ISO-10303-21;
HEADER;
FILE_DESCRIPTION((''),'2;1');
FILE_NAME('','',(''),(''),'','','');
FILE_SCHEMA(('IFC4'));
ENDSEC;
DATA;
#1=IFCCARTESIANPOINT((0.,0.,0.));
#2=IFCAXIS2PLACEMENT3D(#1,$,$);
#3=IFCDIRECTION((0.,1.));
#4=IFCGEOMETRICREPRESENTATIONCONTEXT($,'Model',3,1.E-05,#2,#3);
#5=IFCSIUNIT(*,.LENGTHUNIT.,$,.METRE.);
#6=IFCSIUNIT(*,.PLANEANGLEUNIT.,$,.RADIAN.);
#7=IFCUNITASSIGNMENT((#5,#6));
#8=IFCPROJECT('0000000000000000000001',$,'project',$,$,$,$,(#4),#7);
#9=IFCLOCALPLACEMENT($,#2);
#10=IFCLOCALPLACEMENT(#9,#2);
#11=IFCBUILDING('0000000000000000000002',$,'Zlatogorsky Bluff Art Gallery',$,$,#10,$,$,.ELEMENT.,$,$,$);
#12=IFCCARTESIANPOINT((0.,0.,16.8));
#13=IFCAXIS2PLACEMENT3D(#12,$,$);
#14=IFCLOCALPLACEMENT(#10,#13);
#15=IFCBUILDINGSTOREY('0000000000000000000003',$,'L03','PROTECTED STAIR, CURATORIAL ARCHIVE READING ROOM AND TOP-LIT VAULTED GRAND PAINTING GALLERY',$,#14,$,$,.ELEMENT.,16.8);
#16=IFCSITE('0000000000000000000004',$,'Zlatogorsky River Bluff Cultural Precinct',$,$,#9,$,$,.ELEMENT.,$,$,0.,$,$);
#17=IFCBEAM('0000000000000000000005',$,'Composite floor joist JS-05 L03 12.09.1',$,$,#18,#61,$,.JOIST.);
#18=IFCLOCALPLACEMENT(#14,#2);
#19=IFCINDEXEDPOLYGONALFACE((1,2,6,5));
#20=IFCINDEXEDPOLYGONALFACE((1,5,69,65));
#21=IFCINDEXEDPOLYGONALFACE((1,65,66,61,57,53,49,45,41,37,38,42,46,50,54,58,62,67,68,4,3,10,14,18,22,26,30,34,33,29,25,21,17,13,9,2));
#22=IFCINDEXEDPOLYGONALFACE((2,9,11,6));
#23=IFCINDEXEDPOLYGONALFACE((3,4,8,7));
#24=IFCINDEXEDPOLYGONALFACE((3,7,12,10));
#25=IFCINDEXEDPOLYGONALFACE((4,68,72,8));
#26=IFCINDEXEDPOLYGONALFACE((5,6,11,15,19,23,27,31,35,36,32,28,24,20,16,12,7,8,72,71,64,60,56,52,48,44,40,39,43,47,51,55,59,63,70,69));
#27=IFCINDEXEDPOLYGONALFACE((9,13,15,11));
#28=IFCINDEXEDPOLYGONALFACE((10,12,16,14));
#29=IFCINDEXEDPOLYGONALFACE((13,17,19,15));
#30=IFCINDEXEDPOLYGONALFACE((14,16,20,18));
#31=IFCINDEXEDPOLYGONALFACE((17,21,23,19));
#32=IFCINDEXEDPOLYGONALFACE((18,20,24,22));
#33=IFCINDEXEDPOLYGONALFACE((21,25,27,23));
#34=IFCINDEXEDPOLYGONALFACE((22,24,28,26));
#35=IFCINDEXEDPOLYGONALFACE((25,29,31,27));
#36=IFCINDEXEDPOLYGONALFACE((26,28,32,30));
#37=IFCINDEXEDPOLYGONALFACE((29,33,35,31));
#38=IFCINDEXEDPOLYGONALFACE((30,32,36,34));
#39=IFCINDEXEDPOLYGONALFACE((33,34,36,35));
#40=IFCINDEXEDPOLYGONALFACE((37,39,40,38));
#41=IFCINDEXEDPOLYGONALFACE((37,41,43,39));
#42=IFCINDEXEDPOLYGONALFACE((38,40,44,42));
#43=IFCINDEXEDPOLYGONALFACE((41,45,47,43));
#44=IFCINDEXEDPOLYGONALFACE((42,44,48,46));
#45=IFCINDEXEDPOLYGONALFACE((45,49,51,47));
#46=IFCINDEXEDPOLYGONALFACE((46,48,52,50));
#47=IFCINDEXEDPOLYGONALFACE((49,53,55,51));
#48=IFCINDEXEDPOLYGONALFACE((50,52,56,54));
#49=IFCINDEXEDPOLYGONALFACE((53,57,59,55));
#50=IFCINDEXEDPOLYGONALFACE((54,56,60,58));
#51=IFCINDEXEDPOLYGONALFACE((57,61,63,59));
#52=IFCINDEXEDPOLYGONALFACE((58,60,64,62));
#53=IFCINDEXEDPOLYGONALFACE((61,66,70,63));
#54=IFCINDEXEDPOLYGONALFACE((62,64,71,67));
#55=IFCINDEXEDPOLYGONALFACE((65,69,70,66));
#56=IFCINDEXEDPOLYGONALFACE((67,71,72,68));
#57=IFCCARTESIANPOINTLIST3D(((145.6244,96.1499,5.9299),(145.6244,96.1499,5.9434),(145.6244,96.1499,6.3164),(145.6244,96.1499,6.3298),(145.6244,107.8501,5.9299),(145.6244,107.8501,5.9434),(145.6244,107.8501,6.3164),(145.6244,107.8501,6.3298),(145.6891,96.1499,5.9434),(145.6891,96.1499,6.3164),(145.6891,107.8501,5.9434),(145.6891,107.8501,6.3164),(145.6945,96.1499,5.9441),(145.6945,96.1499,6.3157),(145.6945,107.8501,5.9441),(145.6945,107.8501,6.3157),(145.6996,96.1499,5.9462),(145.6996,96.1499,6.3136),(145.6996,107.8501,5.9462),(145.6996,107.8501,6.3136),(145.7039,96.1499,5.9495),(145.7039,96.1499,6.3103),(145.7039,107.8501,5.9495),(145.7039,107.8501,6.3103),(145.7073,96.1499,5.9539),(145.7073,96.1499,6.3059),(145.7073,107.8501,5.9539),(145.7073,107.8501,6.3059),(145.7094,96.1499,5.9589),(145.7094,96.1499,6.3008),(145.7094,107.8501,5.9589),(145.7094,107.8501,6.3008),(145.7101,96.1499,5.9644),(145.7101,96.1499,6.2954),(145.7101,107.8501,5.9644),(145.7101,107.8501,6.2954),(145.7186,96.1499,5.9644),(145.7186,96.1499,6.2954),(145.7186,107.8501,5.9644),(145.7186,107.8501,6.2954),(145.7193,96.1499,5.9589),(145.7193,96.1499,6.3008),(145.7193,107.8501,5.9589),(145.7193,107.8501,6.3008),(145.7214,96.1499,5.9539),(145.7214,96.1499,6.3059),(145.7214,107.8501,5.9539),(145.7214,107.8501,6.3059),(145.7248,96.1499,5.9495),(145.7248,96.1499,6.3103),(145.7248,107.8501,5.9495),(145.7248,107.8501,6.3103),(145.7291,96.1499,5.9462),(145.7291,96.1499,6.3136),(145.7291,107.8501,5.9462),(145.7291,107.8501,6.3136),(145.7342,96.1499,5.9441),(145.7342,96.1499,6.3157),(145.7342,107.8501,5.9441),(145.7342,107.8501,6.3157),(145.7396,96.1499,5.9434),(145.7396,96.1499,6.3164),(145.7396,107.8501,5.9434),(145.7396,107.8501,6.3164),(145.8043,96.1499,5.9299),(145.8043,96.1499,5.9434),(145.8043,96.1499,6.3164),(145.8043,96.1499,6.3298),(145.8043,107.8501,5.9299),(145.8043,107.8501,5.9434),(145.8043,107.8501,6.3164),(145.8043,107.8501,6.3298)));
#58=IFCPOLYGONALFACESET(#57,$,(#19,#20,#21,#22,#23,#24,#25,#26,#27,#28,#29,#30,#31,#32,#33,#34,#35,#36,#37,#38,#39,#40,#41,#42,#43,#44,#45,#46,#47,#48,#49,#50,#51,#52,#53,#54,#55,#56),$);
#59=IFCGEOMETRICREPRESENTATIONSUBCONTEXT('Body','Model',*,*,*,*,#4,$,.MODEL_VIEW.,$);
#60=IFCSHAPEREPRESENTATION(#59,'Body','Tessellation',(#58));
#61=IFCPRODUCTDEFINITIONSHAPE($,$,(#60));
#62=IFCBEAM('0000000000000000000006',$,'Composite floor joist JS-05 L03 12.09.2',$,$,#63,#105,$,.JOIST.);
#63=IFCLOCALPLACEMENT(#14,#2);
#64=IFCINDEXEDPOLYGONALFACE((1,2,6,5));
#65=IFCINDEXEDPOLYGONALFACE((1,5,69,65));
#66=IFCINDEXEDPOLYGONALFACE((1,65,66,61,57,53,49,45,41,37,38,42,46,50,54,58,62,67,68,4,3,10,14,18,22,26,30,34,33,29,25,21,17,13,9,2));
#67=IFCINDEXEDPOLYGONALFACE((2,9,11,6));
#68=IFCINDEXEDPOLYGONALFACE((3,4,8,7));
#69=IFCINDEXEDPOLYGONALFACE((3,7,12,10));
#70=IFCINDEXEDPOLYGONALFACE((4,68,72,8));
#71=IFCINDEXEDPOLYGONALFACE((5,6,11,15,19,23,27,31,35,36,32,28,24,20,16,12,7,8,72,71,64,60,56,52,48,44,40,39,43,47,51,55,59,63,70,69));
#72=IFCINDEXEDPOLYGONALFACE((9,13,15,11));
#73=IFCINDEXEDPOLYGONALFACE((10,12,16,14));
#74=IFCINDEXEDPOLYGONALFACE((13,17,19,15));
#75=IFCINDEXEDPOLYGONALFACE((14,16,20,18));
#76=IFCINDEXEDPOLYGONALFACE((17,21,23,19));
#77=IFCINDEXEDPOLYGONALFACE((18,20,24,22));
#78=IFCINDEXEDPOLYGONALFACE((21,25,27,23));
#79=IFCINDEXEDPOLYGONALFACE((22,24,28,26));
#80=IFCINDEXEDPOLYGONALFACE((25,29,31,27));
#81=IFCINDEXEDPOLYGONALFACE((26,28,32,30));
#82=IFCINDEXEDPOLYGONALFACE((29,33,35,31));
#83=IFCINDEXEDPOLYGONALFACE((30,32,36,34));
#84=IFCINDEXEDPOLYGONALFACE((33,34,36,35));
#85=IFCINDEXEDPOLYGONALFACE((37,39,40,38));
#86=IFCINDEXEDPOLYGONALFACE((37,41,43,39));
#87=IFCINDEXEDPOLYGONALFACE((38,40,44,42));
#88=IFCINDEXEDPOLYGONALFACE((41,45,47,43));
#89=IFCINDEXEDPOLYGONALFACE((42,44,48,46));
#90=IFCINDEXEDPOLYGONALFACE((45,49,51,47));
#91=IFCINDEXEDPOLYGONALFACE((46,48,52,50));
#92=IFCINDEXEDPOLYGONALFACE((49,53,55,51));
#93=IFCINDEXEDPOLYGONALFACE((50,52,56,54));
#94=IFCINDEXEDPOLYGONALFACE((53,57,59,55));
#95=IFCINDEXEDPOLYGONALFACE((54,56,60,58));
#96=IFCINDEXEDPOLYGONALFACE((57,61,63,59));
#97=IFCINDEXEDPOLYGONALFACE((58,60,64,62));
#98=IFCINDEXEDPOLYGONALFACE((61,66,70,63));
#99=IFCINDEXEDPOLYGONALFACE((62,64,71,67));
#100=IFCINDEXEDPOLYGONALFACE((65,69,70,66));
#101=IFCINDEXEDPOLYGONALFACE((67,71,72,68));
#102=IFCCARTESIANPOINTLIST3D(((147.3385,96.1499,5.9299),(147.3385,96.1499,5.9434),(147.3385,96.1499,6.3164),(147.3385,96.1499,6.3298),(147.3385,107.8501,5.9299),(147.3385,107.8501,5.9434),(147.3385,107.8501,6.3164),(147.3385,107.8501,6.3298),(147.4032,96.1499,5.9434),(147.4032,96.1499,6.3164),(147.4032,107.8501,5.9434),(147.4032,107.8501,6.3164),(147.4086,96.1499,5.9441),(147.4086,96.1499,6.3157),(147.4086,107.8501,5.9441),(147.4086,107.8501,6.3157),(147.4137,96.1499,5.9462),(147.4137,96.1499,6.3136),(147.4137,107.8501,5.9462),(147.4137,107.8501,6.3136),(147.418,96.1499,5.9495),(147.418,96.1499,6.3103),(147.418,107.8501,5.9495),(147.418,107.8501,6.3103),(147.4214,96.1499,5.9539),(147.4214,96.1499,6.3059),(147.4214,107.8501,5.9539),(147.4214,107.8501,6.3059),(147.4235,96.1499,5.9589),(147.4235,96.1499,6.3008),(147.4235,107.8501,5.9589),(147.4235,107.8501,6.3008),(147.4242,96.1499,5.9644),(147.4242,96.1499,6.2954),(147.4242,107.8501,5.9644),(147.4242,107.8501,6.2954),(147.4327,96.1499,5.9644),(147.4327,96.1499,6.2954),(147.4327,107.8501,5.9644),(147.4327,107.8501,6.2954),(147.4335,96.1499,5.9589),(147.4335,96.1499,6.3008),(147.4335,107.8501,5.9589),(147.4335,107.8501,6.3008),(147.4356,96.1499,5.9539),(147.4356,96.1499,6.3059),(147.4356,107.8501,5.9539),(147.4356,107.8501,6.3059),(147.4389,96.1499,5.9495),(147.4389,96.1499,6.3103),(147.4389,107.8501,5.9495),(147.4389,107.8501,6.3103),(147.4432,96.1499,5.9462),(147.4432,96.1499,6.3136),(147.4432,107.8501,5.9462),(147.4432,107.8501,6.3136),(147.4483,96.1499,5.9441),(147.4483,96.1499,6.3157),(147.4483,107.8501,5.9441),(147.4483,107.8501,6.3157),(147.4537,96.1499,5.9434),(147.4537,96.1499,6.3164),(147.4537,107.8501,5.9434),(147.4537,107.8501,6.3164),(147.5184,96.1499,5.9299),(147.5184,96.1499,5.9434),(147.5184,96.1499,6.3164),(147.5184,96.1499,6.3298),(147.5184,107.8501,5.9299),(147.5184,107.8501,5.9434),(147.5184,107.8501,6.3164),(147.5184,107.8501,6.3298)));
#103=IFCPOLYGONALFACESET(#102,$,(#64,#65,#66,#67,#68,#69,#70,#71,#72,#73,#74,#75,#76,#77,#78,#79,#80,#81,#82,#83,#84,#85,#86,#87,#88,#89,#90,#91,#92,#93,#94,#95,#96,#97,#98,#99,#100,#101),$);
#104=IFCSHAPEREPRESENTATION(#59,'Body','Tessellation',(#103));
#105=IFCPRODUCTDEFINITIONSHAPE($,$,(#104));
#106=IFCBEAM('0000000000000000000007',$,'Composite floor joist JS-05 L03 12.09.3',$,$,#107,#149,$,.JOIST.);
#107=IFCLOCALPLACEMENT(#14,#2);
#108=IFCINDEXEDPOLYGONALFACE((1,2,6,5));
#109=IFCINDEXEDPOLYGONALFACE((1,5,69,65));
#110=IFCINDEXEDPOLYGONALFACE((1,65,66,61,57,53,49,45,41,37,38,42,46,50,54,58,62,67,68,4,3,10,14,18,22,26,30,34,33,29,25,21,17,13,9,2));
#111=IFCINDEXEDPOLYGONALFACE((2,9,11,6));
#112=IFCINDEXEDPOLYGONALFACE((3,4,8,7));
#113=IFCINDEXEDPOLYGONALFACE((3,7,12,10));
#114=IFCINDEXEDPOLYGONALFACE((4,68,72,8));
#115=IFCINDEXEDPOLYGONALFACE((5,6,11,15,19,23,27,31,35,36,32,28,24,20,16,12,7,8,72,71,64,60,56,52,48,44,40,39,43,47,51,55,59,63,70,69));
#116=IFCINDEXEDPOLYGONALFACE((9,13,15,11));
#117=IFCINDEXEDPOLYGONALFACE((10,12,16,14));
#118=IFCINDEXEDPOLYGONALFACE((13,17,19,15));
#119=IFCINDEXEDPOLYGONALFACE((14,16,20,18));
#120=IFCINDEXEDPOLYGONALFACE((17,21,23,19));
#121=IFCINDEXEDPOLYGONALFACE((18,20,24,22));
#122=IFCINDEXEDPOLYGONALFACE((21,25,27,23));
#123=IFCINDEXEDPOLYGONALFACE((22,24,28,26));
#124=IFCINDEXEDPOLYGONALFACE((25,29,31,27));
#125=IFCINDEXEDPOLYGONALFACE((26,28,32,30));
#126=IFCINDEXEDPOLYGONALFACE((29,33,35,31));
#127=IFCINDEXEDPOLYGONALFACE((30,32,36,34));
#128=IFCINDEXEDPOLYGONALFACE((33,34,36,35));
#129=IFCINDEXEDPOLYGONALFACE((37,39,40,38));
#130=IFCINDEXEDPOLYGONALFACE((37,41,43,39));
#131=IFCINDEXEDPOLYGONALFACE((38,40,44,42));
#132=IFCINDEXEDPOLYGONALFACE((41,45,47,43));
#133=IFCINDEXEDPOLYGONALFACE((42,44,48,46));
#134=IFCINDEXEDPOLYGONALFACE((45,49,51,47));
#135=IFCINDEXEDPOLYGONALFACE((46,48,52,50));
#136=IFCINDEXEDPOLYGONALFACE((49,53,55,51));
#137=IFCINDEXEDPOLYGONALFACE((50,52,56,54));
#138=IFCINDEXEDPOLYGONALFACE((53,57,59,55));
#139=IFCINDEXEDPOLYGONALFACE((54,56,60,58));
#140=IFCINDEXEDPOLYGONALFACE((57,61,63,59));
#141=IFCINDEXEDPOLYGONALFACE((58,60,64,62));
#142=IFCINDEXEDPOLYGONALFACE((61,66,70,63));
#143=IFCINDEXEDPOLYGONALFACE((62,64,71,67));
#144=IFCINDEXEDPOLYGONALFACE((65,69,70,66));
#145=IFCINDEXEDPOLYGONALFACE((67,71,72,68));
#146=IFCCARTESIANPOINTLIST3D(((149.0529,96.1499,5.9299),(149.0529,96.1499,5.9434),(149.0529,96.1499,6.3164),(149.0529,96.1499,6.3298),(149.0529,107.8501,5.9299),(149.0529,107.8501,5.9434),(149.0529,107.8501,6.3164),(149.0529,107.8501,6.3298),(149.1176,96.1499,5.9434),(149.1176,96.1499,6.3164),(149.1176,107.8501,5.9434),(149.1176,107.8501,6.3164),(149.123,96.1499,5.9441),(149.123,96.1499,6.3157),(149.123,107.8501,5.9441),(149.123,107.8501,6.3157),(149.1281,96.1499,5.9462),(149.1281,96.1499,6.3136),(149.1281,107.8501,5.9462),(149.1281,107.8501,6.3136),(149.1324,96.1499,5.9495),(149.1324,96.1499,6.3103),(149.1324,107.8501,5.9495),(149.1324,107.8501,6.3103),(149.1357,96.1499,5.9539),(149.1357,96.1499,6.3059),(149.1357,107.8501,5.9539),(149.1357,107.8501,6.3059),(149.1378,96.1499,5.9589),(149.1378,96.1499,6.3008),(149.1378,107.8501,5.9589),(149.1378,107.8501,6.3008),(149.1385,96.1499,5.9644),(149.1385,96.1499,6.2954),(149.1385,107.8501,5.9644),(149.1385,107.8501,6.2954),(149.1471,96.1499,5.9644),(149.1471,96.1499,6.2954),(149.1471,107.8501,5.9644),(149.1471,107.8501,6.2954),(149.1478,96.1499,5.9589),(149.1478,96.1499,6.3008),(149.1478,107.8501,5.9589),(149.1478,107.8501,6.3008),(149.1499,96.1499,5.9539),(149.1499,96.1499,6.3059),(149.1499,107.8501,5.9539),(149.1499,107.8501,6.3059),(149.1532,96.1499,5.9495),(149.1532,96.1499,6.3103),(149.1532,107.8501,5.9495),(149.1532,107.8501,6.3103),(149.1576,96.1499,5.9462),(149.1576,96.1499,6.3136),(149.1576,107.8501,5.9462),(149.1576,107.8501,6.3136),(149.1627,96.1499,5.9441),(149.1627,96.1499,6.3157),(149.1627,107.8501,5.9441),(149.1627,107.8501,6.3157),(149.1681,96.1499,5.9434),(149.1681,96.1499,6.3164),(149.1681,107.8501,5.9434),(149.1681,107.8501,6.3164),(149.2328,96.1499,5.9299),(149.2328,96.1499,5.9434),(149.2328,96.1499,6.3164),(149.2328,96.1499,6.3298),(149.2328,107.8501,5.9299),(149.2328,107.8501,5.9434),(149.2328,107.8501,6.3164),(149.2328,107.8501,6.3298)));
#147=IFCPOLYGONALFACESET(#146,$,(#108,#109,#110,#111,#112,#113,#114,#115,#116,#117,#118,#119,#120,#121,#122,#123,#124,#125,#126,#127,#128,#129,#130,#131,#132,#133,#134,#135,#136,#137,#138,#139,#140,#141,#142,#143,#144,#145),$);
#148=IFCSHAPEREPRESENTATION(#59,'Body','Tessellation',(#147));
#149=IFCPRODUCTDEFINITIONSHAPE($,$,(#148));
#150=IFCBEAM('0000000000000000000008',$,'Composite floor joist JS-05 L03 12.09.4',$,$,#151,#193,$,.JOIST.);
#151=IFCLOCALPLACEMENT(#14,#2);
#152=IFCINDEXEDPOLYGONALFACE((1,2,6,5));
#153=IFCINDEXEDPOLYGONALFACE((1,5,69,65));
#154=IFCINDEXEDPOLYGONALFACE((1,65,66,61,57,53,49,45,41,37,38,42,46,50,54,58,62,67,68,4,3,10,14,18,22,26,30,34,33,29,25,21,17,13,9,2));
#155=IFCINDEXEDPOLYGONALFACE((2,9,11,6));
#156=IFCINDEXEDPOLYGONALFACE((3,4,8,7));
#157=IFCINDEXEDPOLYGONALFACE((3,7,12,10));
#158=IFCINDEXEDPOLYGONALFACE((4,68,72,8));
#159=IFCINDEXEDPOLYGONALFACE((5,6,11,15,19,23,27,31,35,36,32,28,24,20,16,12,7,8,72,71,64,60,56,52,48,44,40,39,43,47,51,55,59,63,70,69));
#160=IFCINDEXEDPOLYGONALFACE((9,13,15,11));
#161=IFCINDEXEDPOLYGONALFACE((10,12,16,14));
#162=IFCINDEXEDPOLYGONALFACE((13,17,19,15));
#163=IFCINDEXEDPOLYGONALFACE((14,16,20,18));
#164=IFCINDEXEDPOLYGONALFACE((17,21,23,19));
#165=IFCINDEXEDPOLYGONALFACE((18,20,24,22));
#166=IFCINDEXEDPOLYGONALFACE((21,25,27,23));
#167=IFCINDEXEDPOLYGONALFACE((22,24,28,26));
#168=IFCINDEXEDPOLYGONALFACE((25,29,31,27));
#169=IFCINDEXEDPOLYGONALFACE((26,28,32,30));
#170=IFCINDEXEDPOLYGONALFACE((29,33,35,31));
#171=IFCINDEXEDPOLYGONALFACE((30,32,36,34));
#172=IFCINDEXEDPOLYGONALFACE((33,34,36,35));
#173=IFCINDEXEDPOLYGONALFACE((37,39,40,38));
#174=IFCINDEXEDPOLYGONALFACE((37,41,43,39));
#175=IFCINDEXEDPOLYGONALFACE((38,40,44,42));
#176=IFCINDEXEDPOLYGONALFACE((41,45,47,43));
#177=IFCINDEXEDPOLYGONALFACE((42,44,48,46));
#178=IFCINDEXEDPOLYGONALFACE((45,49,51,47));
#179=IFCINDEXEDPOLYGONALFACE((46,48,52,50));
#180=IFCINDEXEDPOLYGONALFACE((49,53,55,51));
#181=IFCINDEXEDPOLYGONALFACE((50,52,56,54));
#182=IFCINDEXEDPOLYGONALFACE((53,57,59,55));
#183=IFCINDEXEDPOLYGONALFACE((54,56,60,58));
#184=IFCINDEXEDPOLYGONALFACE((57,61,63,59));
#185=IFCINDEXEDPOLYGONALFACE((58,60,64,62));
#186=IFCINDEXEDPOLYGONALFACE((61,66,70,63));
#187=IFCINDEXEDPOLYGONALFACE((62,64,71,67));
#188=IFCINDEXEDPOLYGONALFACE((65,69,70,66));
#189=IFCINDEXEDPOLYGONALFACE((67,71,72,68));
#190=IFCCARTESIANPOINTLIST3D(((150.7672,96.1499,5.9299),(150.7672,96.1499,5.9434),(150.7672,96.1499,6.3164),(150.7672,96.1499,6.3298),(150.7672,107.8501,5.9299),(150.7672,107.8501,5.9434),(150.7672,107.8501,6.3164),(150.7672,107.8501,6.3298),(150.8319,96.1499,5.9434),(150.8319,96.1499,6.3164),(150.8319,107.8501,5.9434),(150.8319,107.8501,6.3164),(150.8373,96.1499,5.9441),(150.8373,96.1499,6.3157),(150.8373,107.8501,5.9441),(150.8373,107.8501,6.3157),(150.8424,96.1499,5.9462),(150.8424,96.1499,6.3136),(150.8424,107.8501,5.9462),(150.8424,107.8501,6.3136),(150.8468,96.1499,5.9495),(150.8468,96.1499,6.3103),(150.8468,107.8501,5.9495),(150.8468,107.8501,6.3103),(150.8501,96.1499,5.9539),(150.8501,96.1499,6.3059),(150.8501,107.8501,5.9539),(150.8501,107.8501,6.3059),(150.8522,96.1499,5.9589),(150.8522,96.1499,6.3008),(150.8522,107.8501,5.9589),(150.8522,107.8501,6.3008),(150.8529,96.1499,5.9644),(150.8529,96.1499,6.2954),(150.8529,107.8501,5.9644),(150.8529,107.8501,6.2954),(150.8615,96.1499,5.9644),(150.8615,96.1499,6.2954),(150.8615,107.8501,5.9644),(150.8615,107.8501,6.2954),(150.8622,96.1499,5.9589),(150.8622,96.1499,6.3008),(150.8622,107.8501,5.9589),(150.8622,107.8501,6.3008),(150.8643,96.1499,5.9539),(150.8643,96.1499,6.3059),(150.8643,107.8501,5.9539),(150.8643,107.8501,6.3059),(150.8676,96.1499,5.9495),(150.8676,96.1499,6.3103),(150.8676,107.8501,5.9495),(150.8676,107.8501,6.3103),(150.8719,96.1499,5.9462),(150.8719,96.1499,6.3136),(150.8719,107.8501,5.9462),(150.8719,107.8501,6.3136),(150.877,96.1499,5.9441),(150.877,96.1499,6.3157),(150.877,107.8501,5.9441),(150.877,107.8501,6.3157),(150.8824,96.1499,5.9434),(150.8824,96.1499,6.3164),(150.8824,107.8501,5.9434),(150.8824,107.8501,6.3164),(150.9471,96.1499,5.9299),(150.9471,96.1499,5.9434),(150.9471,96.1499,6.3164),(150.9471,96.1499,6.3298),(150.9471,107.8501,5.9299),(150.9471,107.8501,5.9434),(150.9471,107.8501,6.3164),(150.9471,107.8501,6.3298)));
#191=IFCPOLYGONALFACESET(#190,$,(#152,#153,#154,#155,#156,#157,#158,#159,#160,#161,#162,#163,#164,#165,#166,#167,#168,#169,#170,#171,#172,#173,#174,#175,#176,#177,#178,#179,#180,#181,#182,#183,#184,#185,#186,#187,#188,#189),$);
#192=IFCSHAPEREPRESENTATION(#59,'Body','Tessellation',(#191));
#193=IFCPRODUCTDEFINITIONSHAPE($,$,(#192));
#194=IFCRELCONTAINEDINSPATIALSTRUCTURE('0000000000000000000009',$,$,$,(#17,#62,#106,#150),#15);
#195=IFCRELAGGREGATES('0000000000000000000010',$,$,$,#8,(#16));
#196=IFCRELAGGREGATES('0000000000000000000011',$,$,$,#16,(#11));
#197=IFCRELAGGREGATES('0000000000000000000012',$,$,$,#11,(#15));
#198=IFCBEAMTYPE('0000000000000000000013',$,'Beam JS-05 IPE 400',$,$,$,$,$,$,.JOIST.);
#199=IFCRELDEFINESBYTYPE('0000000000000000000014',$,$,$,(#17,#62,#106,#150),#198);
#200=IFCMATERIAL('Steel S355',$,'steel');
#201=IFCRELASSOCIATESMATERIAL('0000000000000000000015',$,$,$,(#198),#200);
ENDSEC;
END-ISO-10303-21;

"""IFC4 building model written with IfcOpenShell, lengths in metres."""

from ifc_helpers import new_model, si_unit, direction, frame, origin, origin_2d, place, context, subcontext, project, spatial, i_section, extrude, material, material_profile, profile_set, type_object, element, save


model = new_model("IFC4")

# Units and contexts
model_context = context("Model", 3, precision=1e-05, world=origin(), true_north=direction((0.0, 1.0)))
body_context = subcontext(model_context, "Body", "Model", "MODEL_VIEW")
ifc_project = project(units=[si_unit("LENGTHUNIT", "METRE"), si_unit("PLANEANGLEUNIT", "RADIAN")], contexts=[model_context])

# Site, building, storey
site_placement = place(None, origin())
site = spatial("IfcSite", under=ifc_project, at=site_placement, Name="Zlatogorsky River Bluff Cultural Precinct", CompositionType="ELEMENT", RefElevation=0.0)
building_placement = place(site_placement, origin())
building = spatial("IfcBuilding", under=site, at=building_placement, Name="Zlatogorsky Bluff Art Gallery", CompositionType="ELEMENT")
storey_placement = place(building_placement, frame((0.0, 0.0, 16.8)))
storey = spatial("IfcBuildingStorey", under=building, at=storey_placement, Name="L03", Description="PROTECTED STAIR, CURATORIAL ARCHIVE READING ROOM AND TOP-LIT VAULTED GRAND PAINTING GALLERY", CompositionType="ELEMENT", Elevation=16.8)

# Shared definitions
ifc_material_1 = material(Name="Steel S355", Category="steel")

# Beams
ifc_material_profile_1 = material_profile(ifc_material_1, i_section(OverallWidth=0.1799, OverallDepth=0.3999, WebThickness=0.0085, FlangeThickness=0.0134, FilletRadius=0.021, at=origin_2d()), Name="IPE 400")
ifc_profile_set_1 = profile_set([ifc_material_profile_1], Name="Steel S355")
beam_type_1 = type_object("IfcBeamType", Name="Beam JS-05 IPE 400", PredefinedType="JOIST", material=ifc_profile_set_1)
for number, where, z_axis, x_axis, name in (
    (1, (145.7144, 96.1499, 6.1299), (0.0, 1.0, 0.0), (-1.0, 0.0, 0.0), "Composite floor joist JS-05 L03 12.09.1"),
    (2, (147.4285, 96.1499, 6.1299), (0.0, 1.0, 0.0), (-1.0, 0.0, 0.0), "Composite floor joist JS-05 L03 12.09.2"),
    (3, (149.1428, 96.1499, 6.1299), (0.0, 1.0, 0.0), (-1.0, 0.0, 0.0), "Composite floor joist JS-05 L03 12.09.3"),
    (4, (150.8572, 96.1499, 6.1299), (0.0, 1.0, 0.0), (-1.0, 0.0, 0.0), "Composite floor joist JS-05 L03 12.09.4"),
):
    element("IfcBeam", number, at=place(storey_placement, frame(where, z_axis=z_axis, x_axis=x_axis)), inside=storey, type_object=beam_type_1, Name=name, PredefinedType="JOIST", context=body_context, shape_type="SweptSolid", body=[
        extrude(i_section(OverallWidth=0.1799, OverallDepth=0.3999, WebThickness=0.0085, FlangeThickness=0.0134, FilletRadius=0.021, at=origin_2d()), origin(), (0.0, 0.0, 1.0), 11.7002),
    ])

save(model, "model.ifc")
